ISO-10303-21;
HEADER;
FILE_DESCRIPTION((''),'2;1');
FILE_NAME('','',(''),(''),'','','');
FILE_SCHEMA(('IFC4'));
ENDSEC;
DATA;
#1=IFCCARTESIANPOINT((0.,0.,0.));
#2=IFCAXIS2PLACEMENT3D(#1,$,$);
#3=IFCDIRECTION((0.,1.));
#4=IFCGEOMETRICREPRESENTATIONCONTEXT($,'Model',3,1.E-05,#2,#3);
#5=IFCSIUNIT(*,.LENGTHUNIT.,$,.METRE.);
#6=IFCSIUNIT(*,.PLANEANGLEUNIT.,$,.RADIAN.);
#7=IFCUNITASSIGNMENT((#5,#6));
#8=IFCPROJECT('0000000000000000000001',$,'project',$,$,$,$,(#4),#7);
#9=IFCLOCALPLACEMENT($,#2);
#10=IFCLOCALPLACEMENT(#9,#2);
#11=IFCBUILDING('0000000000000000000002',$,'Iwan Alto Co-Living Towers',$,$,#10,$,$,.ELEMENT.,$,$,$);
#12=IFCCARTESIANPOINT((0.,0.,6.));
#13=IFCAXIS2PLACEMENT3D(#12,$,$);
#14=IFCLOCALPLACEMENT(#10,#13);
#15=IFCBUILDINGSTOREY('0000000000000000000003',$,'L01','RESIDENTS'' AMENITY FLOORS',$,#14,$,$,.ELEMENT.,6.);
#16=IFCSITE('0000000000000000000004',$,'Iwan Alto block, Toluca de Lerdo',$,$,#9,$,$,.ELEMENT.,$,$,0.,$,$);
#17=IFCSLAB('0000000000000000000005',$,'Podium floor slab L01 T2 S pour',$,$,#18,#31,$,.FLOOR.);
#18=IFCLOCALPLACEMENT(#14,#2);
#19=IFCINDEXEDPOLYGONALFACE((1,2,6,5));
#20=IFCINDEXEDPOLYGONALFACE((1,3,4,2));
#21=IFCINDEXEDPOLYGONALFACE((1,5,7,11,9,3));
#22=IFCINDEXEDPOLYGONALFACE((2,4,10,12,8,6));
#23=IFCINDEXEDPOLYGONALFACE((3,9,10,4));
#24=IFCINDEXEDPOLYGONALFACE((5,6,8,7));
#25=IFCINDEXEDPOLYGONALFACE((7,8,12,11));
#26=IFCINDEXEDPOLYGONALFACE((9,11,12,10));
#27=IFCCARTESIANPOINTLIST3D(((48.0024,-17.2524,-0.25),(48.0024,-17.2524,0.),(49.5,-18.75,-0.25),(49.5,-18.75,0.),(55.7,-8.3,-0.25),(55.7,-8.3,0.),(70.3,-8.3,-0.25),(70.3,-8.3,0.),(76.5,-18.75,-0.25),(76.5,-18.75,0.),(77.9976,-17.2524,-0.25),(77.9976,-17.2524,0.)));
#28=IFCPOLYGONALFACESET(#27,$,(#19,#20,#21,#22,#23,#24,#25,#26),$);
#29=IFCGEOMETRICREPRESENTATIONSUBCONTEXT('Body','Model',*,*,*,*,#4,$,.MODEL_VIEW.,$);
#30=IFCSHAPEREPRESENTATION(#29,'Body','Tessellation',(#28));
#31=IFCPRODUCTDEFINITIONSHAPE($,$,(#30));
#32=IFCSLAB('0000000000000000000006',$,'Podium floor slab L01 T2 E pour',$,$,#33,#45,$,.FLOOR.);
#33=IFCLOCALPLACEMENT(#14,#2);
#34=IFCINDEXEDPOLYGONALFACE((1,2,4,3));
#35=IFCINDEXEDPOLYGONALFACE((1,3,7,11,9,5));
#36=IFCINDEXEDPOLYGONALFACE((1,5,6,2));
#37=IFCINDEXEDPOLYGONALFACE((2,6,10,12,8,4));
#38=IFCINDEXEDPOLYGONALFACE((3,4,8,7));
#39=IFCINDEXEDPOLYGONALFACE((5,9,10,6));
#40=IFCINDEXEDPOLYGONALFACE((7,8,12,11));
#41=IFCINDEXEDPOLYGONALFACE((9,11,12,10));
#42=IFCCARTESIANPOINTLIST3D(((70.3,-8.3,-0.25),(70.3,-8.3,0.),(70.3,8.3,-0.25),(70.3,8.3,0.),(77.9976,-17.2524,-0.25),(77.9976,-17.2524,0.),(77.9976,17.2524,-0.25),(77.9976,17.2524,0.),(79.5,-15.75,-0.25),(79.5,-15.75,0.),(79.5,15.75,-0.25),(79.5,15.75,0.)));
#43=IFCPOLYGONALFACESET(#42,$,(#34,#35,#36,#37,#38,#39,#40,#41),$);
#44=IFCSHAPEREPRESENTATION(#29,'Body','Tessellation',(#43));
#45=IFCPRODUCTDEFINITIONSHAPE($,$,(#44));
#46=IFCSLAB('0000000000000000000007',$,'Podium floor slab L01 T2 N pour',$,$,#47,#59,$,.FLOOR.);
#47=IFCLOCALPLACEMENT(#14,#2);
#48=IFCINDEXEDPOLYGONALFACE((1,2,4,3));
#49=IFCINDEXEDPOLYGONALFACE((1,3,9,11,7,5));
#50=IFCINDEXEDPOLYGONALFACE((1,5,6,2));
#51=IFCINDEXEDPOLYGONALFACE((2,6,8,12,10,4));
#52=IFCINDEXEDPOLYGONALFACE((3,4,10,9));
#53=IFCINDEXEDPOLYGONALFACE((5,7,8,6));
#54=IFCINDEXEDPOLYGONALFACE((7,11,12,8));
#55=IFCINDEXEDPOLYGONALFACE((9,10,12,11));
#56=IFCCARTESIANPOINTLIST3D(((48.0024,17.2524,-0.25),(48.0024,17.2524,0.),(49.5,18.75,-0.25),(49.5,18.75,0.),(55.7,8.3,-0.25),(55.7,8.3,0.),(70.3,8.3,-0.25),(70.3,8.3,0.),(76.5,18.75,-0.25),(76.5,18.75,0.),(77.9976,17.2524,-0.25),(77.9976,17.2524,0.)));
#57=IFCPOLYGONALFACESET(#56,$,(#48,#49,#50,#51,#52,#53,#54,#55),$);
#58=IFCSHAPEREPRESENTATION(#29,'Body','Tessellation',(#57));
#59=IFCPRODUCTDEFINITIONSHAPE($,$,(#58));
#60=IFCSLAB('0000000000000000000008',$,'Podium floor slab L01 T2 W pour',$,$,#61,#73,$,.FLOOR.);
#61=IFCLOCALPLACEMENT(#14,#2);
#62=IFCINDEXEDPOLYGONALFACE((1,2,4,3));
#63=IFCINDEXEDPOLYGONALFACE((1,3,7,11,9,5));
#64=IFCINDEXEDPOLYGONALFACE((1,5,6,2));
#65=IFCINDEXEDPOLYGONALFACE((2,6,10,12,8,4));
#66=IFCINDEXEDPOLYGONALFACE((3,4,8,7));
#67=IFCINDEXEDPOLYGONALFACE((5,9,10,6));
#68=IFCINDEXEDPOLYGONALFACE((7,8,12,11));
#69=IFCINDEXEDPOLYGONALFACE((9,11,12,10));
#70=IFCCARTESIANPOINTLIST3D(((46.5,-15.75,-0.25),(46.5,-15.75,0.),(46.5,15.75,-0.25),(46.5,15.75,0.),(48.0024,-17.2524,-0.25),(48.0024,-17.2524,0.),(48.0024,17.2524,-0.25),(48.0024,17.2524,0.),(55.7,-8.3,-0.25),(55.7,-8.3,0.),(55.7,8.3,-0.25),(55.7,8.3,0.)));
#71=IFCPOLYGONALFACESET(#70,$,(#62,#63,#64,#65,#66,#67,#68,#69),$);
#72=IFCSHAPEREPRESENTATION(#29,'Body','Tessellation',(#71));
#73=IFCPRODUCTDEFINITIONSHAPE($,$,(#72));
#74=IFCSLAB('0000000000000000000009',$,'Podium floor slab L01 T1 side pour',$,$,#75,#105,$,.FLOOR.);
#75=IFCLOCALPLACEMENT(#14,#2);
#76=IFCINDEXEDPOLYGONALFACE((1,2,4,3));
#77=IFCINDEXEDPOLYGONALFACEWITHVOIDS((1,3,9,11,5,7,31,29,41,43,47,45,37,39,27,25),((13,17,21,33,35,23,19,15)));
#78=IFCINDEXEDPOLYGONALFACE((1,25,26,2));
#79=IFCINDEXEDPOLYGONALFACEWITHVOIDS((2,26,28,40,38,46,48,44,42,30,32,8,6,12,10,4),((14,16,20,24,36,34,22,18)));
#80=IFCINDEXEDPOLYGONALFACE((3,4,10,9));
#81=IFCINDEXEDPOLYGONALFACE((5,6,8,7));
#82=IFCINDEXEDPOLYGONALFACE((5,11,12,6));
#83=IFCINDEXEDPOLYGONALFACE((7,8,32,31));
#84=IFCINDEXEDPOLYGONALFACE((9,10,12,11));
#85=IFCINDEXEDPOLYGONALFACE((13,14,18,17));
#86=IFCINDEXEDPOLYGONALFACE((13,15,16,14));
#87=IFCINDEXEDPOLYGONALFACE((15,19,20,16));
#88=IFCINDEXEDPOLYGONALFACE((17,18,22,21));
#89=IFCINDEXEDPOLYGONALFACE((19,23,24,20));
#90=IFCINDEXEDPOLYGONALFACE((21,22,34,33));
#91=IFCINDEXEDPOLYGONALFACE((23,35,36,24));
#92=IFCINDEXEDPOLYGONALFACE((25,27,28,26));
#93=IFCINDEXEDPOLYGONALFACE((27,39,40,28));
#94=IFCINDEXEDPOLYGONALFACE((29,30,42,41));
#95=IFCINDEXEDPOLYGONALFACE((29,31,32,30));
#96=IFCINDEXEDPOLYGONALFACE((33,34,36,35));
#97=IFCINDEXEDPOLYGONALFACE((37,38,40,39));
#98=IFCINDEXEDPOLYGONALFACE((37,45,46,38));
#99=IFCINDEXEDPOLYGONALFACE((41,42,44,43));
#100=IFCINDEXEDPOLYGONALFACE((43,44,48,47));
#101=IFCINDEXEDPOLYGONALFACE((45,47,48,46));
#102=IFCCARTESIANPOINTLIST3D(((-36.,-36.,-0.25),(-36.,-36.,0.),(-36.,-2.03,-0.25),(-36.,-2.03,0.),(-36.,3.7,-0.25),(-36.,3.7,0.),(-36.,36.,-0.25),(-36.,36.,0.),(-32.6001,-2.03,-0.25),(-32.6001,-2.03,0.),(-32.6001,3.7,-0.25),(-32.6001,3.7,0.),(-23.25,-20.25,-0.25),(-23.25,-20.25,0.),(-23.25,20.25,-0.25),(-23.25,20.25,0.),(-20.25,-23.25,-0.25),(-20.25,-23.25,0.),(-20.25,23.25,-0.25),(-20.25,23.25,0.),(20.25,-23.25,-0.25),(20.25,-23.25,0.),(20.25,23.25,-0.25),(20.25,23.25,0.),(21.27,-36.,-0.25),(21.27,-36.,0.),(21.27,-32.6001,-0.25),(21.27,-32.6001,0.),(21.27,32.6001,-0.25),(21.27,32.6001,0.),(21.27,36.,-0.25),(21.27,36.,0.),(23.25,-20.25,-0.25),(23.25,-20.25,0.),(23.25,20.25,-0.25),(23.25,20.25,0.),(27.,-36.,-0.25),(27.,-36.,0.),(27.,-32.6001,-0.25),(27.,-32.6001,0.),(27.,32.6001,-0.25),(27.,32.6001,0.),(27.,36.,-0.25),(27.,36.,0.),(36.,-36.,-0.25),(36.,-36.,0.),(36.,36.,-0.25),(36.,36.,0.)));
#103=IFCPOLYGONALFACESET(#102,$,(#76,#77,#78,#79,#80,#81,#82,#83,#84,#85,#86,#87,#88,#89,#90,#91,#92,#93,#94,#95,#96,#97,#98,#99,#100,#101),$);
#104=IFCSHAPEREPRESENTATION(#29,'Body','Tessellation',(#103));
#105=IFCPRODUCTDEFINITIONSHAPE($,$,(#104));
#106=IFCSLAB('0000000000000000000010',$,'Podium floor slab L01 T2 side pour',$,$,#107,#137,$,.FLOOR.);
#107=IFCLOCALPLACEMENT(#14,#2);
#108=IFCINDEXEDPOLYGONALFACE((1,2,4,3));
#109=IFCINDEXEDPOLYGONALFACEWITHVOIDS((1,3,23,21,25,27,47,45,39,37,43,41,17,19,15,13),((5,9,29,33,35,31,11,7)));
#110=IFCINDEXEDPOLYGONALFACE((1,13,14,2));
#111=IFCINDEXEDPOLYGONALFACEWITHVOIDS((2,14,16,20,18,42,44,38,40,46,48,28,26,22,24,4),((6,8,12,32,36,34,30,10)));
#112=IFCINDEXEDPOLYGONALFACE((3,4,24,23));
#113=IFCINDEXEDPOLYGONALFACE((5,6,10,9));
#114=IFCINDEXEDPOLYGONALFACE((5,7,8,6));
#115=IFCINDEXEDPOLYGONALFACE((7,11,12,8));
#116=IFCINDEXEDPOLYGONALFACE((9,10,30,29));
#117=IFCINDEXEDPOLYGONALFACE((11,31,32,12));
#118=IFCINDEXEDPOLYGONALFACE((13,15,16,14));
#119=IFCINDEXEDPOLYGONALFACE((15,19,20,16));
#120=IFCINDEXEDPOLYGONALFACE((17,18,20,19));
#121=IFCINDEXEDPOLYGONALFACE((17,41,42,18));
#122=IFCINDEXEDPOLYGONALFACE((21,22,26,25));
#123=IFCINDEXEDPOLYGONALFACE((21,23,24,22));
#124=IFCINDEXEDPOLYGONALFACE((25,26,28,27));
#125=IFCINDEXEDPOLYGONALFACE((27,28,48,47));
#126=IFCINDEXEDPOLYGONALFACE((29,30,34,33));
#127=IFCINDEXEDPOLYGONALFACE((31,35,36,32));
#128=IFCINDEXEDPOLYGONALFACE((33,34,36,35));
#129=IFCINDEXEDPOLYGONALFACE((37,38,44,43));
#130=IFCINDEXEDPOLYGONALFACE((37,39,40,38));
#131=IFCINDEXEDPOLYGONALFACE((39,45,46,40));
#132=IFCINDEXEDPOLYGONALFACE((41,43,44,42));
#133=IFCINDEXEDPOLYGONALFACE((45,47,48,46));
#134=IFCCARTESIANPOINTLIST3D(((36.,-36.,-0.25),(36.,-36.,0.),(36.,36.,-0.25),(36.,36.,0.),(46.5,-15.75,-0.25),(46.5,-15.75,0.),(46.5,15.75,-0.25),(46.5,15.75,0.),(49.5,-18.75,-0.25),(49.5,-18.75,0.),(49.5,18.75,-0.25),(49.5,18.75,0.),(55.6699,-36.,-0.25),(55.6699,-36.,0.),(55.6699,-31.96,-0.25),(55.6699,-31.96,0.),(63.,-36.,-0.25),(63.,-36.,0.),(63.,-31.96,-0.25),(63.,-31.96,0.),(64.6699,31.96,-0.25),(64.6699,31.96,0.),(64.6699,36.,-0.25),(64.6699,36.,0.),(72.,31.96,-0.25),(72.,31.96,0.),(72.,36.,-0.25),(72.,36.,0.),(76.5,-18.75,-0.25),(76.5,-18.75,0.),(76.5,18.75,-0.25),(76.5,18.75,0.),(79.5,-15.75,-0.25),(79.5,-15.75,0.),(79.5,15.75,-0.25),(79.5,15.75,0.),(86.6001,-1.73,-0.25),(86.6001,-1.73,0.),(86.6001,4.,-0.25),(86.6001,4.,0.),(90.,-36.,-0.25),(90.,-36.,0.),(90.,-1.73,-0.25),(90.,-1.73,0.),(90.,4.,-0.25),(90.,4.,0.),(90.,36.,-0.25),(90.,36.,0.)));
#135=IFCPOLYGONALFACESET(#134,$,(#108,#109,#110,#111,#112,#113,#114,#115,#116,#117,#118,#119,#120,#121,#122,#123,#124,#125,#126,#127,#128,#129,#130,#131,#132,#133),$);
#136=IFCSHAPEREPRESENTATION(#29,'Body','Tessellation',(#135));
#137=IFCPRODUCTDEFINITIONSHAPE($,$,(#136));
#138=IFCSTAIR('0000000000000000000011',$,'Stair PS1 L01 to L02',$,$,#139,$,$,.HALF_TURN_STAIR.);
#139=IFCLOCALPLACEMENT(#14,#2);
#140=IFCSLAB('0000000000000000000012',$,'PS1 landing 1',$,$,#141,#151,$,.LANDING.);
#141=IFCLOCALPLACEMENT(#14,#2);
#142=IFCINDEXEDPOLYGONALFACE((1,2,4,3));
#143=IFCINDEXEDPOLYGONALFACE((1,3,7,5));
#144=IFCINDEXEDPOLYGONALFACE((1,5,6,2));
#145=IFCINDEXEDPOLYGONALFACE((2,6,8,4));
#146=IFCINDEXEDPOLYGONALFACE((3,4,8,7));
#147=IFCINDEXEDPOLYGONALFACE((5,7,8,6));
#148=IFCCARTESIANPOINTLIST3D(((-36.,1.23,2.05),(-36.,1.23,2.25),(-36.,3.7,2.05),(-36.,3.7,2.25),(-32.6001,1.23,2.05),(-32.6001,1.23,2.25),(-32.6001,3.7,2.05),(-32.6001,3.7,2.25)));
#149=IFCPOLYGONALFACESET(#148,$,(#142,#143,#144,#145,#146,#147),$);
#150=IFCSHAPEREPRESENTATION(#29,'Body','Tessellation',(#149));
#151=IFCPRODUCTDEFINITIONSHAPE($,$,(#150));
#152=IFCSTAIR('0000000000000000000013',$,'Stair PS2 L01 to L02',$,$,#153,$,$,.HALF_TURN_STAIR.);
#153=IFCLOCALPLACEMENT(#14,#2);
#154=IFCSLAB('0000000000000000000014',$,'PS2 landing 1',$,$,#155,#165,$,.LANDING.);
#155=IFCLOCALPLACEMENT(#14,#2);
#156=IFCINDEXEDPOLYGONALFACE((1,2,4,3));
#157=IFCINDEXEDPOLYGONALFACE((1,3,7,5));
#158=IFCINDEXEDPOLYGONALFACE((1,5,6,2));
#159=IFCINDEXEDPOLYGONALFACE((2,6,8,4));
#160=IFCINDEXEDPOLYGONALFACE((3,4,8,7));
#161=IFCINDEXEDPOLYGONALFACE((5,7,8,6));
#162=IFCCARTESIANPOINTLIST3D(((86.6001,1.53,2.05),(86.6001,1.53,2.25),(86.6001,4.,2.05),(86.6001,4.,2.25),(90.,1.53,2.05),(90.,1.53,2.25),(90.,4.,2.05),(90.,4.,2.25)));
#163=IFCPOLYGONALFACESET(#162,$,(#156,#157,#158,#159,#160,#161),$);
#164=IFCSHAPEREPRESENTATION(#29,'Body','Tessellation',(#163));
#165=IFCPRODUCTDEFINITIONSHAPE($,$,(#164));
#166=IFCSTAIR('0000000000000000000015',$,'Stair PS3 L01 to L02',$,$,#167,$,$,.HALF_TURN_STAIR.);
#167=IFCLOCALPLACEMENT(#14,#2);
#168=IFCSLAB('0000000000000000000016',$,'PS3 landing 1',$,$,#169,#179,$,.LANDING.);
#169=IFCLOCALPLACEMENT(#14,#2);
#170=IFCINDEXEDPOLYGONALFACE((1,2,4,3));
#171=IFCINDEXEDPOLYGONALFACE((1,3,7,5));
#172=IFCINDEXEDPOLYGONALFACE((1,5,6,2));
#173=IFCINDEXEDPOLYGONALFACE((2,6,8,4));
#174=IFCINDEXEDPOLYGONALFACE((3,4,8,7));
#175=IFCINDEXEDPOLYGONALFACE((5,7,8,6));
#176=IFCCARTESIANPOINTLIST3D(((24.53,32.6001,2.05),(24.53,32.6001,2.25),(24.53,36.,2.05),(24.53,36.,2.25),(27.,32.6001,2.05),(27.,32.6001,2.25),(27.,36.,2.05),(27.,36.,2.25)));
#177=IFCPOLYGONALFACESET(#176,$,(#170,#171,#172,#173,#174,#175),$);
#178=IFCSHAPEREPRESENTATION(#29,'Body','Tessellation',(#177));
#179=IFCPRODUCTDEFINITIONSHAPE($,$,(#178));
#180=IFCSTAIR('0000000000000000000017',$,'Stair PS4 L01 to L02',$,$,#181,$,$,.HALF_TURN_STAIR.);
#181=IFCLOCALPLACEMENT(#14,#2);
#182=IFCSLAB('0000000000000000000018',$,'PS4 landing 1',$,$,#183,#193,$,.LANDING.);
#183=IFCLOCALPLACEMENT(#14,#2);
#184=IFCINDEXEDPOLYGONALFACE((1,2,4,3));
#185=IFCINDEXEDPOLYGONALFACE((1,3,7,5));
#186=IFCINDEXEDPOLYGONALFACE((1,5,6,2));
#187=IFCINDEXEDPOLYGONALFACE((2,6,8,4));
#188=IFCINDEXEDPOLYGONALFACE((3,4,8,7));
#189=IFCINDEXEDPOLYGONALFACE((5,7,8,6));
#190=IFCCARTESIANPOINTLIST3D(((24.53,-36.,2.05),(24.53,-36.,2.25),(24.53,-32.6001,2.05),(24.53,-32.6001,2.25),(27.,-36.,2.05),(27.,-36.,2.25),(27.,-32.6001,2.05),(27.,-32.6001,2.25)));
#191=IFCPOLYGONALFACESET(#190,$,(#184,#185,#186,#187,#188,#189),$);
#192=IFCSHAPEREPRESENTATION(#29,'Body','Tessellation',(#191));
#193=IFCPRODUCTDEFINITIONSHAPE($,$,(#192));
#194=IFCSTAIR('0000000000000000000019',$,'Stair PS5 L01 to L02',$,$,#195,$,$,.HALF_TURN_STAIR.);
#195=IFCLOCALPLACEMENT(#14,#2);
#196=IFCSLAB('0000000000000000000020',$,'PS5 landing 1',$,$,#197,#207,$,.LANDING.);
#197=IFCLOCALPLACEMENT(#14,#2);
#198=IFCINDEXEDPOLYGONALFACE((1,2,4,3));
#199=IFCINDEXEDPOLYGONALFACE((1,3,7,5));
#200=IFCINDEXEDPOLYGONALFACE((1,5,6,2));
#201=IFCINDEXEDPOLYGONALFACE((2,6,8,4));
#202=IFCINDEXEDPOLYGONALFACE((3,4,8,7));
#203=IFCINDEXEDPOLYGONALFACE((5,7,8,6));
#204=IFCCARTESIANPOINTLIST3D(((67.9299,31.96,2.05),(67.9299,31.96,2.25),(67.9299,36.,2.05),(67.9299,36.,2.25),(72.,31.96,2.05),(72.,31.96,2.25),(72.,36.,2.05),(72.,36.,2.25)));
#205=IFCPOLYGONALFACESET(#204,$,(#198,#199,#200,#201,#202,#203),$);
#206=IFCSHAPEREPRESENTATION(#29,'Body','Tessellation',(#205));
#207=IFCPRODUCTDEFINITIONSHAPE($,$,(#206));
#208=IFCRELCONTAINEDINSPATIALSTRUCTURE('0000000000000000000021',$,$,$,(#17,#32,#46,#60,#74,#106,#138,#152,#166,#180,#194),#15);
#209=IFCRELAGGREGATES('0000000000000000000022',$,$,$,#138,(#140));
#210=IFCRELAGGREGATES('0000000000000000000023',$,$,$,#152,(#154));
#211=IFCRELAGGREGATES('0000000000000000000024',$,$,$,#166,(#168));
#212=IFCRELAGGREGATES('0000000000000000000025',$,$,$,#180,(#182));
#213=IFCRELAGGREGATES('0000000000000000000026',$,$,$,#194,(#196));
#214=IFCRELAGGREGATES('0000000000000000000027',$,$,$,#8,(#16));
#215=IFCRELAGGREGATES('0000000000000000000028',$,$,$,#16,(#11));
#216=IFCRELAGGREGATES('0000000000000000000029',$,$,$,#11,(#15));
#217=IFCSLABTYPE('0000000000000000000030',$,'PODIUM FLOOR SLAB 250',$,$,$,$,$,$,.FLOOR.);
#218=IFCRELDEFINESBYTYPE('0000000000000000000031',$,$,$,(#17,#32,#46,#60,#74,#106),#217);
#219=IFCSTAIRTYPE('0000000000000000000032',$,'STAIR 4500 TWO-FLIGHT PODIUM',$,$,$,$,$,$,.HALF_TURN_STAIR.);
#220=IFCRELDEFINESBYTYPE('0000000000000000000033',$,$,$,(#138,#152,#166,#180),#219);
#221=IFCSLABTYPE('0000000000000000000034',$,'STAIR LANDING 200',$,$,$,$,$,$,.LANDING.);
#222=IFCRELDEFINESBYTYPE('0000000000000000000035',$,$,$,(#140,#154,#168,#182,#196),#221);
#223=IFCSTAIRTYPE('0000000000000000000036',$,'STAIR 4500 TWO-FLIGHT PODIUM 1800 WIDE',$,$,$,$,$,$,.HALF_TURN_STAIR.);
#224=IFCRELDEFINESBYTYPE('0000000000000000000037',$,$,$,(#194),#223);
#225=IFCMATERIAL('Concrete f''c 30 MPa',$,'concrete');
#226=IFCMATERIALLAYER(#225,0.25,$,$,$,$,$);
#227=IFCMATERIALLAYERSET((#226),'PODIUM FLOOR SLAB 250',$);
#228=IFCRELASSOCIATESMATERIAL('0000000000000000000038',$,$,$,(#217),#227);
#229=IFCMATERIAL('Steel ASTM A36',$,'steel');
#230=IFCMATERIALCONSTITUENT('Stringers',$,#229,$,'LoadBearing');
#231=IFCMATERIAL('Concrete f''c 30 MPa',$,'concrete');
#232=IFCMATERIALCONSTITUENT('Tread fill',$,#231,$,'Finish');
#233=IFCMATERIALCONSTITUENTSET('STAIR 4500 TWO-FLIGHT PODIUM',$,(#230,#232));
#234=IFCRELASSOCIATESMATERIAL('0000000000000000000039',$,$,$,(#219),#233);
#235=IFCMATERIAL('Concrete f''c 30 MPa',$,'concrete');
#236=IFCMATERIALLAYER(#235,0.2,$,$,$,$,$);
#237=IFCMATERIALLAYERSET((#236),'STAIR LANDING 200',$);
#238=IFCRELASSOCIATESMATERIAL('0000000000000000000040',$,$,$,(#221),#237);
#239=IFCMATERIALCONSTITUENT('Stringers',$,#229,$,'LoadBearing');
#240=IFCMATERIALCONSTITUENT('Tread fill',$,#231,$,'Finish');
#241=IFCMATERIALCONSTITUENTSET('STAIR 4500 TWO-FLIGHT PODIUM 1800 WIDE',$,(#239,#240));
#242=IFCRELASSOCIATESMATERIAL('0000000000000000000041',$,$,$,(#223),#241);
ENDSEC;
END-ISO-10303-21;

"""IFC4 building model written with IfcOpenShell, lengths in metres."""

from ifc_helpers import new_model, si_unit, direction, frame, origin, place, context, subcontext, project, spatial, polyline, outline, extrude, material, layer, layer_set, constituent, constituent_set, type_object, element, aggregate, save


model = new_model("IFC4")

# Units and contexts
model_context = context("Model", 3, precision=1e-05, world=origin(), true_north=direction((0.0, 1.0)))
body_context = subcontext(model_context, "Body", "Model", "MODEL_VIEW")
ifc_project = project(units=[si_unit("LENGTHUNIT", "METRE"), si_unit("PLANEANGLEUNIT", "RADIAN")], contexts=[model_context])

# Site, building, storey
site_placement = place(None, origin())
site = spatial("IfcSite", under=ifc_project, at=site_placement, Name="Iwan Alto block, Toluca de Lerdo", CompositionType="ELEMENT", RefElevation=0.0)
building_placement = place(site_placement, origin())
building = spatial("IfcBuilding", under=site, at=building_placement, Name="Iwan Alto Co-Living Towers", CompositionType="ELEMENT")
storey_placement = place(building_placement, frame((0.0, 0.0, 6.0)))
storey = spatial("IfcBuildingStorey", under=building, at=storey_placement, Name="L01", Description="RESIDENTS' AMENITY FLOORS", CompositionType="ELEMENT", Elevation=6.0)

# Slabs
ifc_material_1 = material(Name="Concrete f'c 30 MPa", Category="concrete")
ifc_layer_1 = layer(ifc_material_1, 0.25)
ifc_layer_set_1 = layer_set([ifc_layer_1], Name="PODIUM FLOOR SLAB 250")
slab_type_1 = type_object("IfcSlabType", Name="PODIUM FLOOR SLAB 250", PredefinedType="FLOOR", material=ifc_layer_set_1)
slab_1_placement = place(storey_placement, frame((0.0, 0.0, -0.25)))
element("IfcSlab", 1, at=slab_1_placement, inside=storey, type_object=slab_type_1, Name="Podium floor slab L01 T2 S pour", PredefinedType="FLOOR", context=body_context, shape_type="SweptSolid", body=[
    extrude(outline(polyline([(76.5, -18.75), (49.5, -18.75), (48.0024, -17.2524), (55.7, -8.3), (70.3, -8.3), (77.9976, -17.2524), (76.5, -18.75)])), origin(), (0.0, 0.0, 1.0), 0.25),
])
slab_2_placement = place(storey_placement, frame((0.0, 0.0, -0.25)))
element("IfcSlab", 2, at=slab_2_placement, inside=storey, type_object=slab_type_1, Name="Podium floor slab L01 T2 E pour", PredefinedType="FLOOR", context=body_context, shape_type="SweptSolid", body=[
    extrude(outline(polyline([(79.5, 15.75), (79.5, -15.75), (77.9976, -17.2524), (70.3, -8.3), (70.3, 8.3), (77.9976, 17.2524), (79.5, 15.75)])), origin(), (0.0, 0.0, 1.0), 0.25),
])
slab_3_placement = place(storey_placement, frame((0.0, 0.0, -0.25)))
element("IfcSlab", 3, at=slab_3_placement, inside=storey, type_object=slab_type_1, Name="Podium floor slab L01 T2 N pour", PredefinedType="FLOOR", context=body_context, shape_type="SweptSolid", body=[
    extrude(outline(polyline([(49.5, 18.75), (76.5, 18.75), (77.9976, 17.2524), (70.3, 8.3), (55.7, 8.3), (48.0024, 17.2524), (49.5, 18.75)])), origin(), (0.0, 0.0, 1.0), 0.25),
])
slab_4_placement = place(storey_placement, frame((0.0, 0.0, -0.25)))
element("IfcSlab", 4, at=slab_4_placement, inside=storey, type_object=slab_type_1, Name="Podium floor slab L01 T2 W pour", PredefinedType="FLOOR", context=body_context, shape_type="SweptSolid", body=[
    extrude(outline(polyline([(46.5, 15.75), (48.0024, 17.2524), (55.7, 8.3), (55.7, -8.3), (48.0024, -17.2524), (46.5, -15.75), (46.5, 15.75)])), origin(), (0.0, 0.0, 1.0), 0.25),
])
slab_5_placement = place(storey_placement, frame((0.0, 0.0, -0.25)))
element("IfcSlab", 5, at=slab_5_placement, inside=storey, type_object=slab_type_1, Name="Podium floor slab L01 T1 side pour", PredefinedType="FLOOR", context=body_context, shape_type="SweptSolid", body=[
    extrude(outline(polyline([(-36.0, 3.7), (-36.0, 36.0), (21.27, 36.0), (21.27, 32.6001), (27.0, 32.6001), (27.0, 36.0), (36.0, 36.0), (36.0, -36.0), (27.0, -36.0), (27.0, -32.6001), (21.27, -32.6001), (21.27, -36.0), (-36.0, -36.0), (-36.0, -2.03), (-32.6001, -2.03), (-32.6001, 3.7), (-36.0, 3.7)]), holes=[polyline([(20.25, -23.25), (23.25, -20.25), (23.25, 20.25), (20.25, 23.25), (-20.25, 23.25), (-23.25, 20.25), (-23.25, -20.25), (-20.25, -23.25), (20.25, -23.25)])]), origin(), (0.0, 0.0, 1.0), 0.25),
])
slab_6_placement = place(storey_placement, frame((0.0, 0.0, -0.25)))
element("IfcSlab", 6, at=slab_6_placement, inside=storey, type_object=slab_type_1, Name="Podium floor slab L01 T2 side pour", PredefinedType="FLOOR", context=body_context, shape_type="SweptSolid", body=[
    extrude(outline(polyline([(64.6699, 36.0), (64.6699, 31.96), (72.0, 31.96), (72.0, 36.0), (90.0, 36.0), (90.0, 4.0), (86.6001, 4.0), (86.6001, -1.73), (90.0, -1.73), (90.0, -36.0), (63.0, -36.0), (63.0, -31.96), (55.6699, -31.96), (55.6699, -36.0), (36.0, -36.0), (36.0, 36.0), (64.6699, 36.0)]), holes=[polyline([(76.5, -18.75), (79.5, -15.75), (79.5, 15.75), (76.5, 18.75), (49.5, 18.75), (46.5, 15.75), (46.5, -15.75), (49.5, -18.75), (76.5, -18.75)])]), origin(), (0.0, 0.0, 1.0), 0.25),
])

# Stairs, slabs
ifc_material_2 = material(Name="Steel ASTM A36", Category="steel")
ifc_constituent_1 = constituent(ifc_material_2, Name="Stringers", Category="LoadBearing")
ifc_material_3 = material(Name="Concrete f'c 30 MPa", Category="concrete")
ifc_constituent_2 = constituent(ifc_material_3, Name="Tread fill", Category="Finish")
ifc_constituent_set_1 = constituent_set(constituents=[ifc_constituent_1, ifc_constituent_2], Name="STAIR 4500 TWO-FLIGHT PODIUM")
stair_type_1 = type_object("IfcStairType", Name="STAIR 4500 TWO-FLIGHT PODIUM", PredefinedType="HALF_TURN_STAIR", material=ifc_constituent_set_1)
stair_1_placement = place(storey_placement, origin())
stair_1 = element("IfcStair", 7, at=stair_1_placement, inside=storey, type_object=stair_type_1, Name="Stair PS1 L01 to L02", PredefinedType="HALF_TURN_STAIR")
ifc_material_4 = material(Name="Concrete f'c 30 MPa", Category="concrete")
ifc_layer_2 = layer(ifc_material_4, 0.2)
ifc_layer_set_2 = layer_set([ifc_layer_2], Name="STAIR LANDING 200")
slab_type_2 = type_object("IfcSlabType", Name="STAIR LANDING 200", PredefinedType="LANDING", material=ifc_layer_set_2)
slab_7_placement = place(storey_placement, frame((0.0, 0.0, 2.05)))
slab_7 = element("IfcSlab", 8, at=slab_7_placement, type_object=slab_type_2, Name="PS1 landing 1", PredefinedType="LANDING", context=body_context, shape_type="SweptSolid", body=[
    extrude(outline(polyline([(-36.0, 1.23), (-36.0, 3.7), (-32.6001, 3.7), (-32.6001, 1.23), (-36.0, 1.23)])), origin(), (0.0, 0.0, 1.0), 0.2),
])
aggregate(stair_1, [slab_7])
stair_2_placement = place(storey_placement, origin())
stair_2 = element("IfcStair", 9, at=stair_2_placement, inside=storey, type_object=stair_type_1, Name="Stair PS2 L01 to L02", PredefinedType="HALF_TURN_STAIR")
slab_8_placement = place(storey_placement, frame((0.0, 0.0, 2.05)))
slab_8 = element("IfcSlab", 10, at=slab_8_placement, type_object=slab_type_2, Name="PS2 landing 1", PredefinedType="LANDING", context=body_context, shape_type="SweptSolid", body=[
    extrude(outline(polyline([(86.6001, 1.53), (86.6001, 4.0), (90.0, 4.0), (90.0, 1.53), (86.6001, 1.53)])), origin(), (0.0, 0.0, 1.0), 0.2),
])
aggregate(stair_2, [slab_8])
stair_3_placement = place(storey_placement, origin())
stair_3 = element("IfcStair", 11, at=stair_3_placement, inside=storey, type_object=stair_type_1, Name="Stair PS3 L01 to L02", PredefinedType="HALF_TURN_STAIR")
slab_9_placement = place(storey_placement, frame((0.0, 0.0, 2.05)))
slab_9 = element("IfcSlab", 12, at=slab_9_placement, type_object=slab_type_2, Name="PS3 landing 1", PredefinedType="LANDING", context=body_context, shape_type="SweptSolid", body=[
    extrude(outline(polyline([(24.53, 32.6001), (27.0, 32.6001), (27.0, 36.0), (24.53, 36.0), (24.53, 32.6001)])), origin(), (0.0, 0.0, 1.0), 0.2),
])
aggregate(stair_3, [slab_9])
stair_4_placement = place(storey_placement, origin())
stair_4 = element("IfcStair", 13, at=stair_4_placement, inside=storey, type_object=stair_type_1, Name="Stair PS4 L01 to L02", PredefinedType="HALF_TURN_STAIR")
slab_10_placement = place(storey_placement, frame((0.0, 0.0, 2.05)))
slab_10 = element("IfcSlab", 14, at=slab_10_placement, type_object=slab_type_2, Name="PS4 landing 1", PredefinedType="LANDING", context=body_context, shape_type="SweptSolid", body=[
    extrude(outline(polyline([(24.53, -36.0), (27.0, -36.0), (27.0, -32.6001), (24.53, -32.6001), (24.53, -36.0)])), origin(), (0.0, 0.0, 1.0), 0.2),
])
aggregate(stair_4, [slab_10])
ifc_constituent_3 = constituent(ifc_material_2, Name="Stringers", Category="LoadBearing")
ifc_constituent_4 = constituent(ifc_material_3, Name="Tread fill", Category="Finish")
ifc_constituent_set_2 = constituent_set(constituents=[ifc_constituent_3, ifc_constituent_4], Name="STAIR 4500 TWO-FLIGHT PODIUM 1800 WIDE")
stair_type_2 = type_object("IfcStairType", Name="STAIR 4500 TWO-FLIGHT PODIUM 1800 WIDE", PredefinedType="HALF_TURN_STAIR", material=ifc_constituent_set_2)
stair_5_placement = place(storey_placement, origin())
stair_5 = element("IfcStair", 15, at=stair_5_placement, inside=storey, type_object=stair_type_2, Name="Stair PS5 L01 to L02", PredefinedType="HALF_TURN_STAIR")
slab_11_placement = place(storey_placement, frame((0.0, 0.0, 2.05)))
slab_11 = element("IfcSlab", 16, at=slab_11_placement, type_object=slab_type_2, Name="PS5 landing 1", PredefinedType="LANDING", context=body_context, shape_type="SweptSolid", body=[
    extrude(outline(polyline([(67.9299, 31.96), (72.0, 31.96), (72.0, 36.0), (67.9299, 36.0), (67.9299, 31.96)])), origin(), (0.0, 0.0, 1.0), 0.2),
])
aggregate(stair_5, [slab_11])

save(model, "model.ifc")
